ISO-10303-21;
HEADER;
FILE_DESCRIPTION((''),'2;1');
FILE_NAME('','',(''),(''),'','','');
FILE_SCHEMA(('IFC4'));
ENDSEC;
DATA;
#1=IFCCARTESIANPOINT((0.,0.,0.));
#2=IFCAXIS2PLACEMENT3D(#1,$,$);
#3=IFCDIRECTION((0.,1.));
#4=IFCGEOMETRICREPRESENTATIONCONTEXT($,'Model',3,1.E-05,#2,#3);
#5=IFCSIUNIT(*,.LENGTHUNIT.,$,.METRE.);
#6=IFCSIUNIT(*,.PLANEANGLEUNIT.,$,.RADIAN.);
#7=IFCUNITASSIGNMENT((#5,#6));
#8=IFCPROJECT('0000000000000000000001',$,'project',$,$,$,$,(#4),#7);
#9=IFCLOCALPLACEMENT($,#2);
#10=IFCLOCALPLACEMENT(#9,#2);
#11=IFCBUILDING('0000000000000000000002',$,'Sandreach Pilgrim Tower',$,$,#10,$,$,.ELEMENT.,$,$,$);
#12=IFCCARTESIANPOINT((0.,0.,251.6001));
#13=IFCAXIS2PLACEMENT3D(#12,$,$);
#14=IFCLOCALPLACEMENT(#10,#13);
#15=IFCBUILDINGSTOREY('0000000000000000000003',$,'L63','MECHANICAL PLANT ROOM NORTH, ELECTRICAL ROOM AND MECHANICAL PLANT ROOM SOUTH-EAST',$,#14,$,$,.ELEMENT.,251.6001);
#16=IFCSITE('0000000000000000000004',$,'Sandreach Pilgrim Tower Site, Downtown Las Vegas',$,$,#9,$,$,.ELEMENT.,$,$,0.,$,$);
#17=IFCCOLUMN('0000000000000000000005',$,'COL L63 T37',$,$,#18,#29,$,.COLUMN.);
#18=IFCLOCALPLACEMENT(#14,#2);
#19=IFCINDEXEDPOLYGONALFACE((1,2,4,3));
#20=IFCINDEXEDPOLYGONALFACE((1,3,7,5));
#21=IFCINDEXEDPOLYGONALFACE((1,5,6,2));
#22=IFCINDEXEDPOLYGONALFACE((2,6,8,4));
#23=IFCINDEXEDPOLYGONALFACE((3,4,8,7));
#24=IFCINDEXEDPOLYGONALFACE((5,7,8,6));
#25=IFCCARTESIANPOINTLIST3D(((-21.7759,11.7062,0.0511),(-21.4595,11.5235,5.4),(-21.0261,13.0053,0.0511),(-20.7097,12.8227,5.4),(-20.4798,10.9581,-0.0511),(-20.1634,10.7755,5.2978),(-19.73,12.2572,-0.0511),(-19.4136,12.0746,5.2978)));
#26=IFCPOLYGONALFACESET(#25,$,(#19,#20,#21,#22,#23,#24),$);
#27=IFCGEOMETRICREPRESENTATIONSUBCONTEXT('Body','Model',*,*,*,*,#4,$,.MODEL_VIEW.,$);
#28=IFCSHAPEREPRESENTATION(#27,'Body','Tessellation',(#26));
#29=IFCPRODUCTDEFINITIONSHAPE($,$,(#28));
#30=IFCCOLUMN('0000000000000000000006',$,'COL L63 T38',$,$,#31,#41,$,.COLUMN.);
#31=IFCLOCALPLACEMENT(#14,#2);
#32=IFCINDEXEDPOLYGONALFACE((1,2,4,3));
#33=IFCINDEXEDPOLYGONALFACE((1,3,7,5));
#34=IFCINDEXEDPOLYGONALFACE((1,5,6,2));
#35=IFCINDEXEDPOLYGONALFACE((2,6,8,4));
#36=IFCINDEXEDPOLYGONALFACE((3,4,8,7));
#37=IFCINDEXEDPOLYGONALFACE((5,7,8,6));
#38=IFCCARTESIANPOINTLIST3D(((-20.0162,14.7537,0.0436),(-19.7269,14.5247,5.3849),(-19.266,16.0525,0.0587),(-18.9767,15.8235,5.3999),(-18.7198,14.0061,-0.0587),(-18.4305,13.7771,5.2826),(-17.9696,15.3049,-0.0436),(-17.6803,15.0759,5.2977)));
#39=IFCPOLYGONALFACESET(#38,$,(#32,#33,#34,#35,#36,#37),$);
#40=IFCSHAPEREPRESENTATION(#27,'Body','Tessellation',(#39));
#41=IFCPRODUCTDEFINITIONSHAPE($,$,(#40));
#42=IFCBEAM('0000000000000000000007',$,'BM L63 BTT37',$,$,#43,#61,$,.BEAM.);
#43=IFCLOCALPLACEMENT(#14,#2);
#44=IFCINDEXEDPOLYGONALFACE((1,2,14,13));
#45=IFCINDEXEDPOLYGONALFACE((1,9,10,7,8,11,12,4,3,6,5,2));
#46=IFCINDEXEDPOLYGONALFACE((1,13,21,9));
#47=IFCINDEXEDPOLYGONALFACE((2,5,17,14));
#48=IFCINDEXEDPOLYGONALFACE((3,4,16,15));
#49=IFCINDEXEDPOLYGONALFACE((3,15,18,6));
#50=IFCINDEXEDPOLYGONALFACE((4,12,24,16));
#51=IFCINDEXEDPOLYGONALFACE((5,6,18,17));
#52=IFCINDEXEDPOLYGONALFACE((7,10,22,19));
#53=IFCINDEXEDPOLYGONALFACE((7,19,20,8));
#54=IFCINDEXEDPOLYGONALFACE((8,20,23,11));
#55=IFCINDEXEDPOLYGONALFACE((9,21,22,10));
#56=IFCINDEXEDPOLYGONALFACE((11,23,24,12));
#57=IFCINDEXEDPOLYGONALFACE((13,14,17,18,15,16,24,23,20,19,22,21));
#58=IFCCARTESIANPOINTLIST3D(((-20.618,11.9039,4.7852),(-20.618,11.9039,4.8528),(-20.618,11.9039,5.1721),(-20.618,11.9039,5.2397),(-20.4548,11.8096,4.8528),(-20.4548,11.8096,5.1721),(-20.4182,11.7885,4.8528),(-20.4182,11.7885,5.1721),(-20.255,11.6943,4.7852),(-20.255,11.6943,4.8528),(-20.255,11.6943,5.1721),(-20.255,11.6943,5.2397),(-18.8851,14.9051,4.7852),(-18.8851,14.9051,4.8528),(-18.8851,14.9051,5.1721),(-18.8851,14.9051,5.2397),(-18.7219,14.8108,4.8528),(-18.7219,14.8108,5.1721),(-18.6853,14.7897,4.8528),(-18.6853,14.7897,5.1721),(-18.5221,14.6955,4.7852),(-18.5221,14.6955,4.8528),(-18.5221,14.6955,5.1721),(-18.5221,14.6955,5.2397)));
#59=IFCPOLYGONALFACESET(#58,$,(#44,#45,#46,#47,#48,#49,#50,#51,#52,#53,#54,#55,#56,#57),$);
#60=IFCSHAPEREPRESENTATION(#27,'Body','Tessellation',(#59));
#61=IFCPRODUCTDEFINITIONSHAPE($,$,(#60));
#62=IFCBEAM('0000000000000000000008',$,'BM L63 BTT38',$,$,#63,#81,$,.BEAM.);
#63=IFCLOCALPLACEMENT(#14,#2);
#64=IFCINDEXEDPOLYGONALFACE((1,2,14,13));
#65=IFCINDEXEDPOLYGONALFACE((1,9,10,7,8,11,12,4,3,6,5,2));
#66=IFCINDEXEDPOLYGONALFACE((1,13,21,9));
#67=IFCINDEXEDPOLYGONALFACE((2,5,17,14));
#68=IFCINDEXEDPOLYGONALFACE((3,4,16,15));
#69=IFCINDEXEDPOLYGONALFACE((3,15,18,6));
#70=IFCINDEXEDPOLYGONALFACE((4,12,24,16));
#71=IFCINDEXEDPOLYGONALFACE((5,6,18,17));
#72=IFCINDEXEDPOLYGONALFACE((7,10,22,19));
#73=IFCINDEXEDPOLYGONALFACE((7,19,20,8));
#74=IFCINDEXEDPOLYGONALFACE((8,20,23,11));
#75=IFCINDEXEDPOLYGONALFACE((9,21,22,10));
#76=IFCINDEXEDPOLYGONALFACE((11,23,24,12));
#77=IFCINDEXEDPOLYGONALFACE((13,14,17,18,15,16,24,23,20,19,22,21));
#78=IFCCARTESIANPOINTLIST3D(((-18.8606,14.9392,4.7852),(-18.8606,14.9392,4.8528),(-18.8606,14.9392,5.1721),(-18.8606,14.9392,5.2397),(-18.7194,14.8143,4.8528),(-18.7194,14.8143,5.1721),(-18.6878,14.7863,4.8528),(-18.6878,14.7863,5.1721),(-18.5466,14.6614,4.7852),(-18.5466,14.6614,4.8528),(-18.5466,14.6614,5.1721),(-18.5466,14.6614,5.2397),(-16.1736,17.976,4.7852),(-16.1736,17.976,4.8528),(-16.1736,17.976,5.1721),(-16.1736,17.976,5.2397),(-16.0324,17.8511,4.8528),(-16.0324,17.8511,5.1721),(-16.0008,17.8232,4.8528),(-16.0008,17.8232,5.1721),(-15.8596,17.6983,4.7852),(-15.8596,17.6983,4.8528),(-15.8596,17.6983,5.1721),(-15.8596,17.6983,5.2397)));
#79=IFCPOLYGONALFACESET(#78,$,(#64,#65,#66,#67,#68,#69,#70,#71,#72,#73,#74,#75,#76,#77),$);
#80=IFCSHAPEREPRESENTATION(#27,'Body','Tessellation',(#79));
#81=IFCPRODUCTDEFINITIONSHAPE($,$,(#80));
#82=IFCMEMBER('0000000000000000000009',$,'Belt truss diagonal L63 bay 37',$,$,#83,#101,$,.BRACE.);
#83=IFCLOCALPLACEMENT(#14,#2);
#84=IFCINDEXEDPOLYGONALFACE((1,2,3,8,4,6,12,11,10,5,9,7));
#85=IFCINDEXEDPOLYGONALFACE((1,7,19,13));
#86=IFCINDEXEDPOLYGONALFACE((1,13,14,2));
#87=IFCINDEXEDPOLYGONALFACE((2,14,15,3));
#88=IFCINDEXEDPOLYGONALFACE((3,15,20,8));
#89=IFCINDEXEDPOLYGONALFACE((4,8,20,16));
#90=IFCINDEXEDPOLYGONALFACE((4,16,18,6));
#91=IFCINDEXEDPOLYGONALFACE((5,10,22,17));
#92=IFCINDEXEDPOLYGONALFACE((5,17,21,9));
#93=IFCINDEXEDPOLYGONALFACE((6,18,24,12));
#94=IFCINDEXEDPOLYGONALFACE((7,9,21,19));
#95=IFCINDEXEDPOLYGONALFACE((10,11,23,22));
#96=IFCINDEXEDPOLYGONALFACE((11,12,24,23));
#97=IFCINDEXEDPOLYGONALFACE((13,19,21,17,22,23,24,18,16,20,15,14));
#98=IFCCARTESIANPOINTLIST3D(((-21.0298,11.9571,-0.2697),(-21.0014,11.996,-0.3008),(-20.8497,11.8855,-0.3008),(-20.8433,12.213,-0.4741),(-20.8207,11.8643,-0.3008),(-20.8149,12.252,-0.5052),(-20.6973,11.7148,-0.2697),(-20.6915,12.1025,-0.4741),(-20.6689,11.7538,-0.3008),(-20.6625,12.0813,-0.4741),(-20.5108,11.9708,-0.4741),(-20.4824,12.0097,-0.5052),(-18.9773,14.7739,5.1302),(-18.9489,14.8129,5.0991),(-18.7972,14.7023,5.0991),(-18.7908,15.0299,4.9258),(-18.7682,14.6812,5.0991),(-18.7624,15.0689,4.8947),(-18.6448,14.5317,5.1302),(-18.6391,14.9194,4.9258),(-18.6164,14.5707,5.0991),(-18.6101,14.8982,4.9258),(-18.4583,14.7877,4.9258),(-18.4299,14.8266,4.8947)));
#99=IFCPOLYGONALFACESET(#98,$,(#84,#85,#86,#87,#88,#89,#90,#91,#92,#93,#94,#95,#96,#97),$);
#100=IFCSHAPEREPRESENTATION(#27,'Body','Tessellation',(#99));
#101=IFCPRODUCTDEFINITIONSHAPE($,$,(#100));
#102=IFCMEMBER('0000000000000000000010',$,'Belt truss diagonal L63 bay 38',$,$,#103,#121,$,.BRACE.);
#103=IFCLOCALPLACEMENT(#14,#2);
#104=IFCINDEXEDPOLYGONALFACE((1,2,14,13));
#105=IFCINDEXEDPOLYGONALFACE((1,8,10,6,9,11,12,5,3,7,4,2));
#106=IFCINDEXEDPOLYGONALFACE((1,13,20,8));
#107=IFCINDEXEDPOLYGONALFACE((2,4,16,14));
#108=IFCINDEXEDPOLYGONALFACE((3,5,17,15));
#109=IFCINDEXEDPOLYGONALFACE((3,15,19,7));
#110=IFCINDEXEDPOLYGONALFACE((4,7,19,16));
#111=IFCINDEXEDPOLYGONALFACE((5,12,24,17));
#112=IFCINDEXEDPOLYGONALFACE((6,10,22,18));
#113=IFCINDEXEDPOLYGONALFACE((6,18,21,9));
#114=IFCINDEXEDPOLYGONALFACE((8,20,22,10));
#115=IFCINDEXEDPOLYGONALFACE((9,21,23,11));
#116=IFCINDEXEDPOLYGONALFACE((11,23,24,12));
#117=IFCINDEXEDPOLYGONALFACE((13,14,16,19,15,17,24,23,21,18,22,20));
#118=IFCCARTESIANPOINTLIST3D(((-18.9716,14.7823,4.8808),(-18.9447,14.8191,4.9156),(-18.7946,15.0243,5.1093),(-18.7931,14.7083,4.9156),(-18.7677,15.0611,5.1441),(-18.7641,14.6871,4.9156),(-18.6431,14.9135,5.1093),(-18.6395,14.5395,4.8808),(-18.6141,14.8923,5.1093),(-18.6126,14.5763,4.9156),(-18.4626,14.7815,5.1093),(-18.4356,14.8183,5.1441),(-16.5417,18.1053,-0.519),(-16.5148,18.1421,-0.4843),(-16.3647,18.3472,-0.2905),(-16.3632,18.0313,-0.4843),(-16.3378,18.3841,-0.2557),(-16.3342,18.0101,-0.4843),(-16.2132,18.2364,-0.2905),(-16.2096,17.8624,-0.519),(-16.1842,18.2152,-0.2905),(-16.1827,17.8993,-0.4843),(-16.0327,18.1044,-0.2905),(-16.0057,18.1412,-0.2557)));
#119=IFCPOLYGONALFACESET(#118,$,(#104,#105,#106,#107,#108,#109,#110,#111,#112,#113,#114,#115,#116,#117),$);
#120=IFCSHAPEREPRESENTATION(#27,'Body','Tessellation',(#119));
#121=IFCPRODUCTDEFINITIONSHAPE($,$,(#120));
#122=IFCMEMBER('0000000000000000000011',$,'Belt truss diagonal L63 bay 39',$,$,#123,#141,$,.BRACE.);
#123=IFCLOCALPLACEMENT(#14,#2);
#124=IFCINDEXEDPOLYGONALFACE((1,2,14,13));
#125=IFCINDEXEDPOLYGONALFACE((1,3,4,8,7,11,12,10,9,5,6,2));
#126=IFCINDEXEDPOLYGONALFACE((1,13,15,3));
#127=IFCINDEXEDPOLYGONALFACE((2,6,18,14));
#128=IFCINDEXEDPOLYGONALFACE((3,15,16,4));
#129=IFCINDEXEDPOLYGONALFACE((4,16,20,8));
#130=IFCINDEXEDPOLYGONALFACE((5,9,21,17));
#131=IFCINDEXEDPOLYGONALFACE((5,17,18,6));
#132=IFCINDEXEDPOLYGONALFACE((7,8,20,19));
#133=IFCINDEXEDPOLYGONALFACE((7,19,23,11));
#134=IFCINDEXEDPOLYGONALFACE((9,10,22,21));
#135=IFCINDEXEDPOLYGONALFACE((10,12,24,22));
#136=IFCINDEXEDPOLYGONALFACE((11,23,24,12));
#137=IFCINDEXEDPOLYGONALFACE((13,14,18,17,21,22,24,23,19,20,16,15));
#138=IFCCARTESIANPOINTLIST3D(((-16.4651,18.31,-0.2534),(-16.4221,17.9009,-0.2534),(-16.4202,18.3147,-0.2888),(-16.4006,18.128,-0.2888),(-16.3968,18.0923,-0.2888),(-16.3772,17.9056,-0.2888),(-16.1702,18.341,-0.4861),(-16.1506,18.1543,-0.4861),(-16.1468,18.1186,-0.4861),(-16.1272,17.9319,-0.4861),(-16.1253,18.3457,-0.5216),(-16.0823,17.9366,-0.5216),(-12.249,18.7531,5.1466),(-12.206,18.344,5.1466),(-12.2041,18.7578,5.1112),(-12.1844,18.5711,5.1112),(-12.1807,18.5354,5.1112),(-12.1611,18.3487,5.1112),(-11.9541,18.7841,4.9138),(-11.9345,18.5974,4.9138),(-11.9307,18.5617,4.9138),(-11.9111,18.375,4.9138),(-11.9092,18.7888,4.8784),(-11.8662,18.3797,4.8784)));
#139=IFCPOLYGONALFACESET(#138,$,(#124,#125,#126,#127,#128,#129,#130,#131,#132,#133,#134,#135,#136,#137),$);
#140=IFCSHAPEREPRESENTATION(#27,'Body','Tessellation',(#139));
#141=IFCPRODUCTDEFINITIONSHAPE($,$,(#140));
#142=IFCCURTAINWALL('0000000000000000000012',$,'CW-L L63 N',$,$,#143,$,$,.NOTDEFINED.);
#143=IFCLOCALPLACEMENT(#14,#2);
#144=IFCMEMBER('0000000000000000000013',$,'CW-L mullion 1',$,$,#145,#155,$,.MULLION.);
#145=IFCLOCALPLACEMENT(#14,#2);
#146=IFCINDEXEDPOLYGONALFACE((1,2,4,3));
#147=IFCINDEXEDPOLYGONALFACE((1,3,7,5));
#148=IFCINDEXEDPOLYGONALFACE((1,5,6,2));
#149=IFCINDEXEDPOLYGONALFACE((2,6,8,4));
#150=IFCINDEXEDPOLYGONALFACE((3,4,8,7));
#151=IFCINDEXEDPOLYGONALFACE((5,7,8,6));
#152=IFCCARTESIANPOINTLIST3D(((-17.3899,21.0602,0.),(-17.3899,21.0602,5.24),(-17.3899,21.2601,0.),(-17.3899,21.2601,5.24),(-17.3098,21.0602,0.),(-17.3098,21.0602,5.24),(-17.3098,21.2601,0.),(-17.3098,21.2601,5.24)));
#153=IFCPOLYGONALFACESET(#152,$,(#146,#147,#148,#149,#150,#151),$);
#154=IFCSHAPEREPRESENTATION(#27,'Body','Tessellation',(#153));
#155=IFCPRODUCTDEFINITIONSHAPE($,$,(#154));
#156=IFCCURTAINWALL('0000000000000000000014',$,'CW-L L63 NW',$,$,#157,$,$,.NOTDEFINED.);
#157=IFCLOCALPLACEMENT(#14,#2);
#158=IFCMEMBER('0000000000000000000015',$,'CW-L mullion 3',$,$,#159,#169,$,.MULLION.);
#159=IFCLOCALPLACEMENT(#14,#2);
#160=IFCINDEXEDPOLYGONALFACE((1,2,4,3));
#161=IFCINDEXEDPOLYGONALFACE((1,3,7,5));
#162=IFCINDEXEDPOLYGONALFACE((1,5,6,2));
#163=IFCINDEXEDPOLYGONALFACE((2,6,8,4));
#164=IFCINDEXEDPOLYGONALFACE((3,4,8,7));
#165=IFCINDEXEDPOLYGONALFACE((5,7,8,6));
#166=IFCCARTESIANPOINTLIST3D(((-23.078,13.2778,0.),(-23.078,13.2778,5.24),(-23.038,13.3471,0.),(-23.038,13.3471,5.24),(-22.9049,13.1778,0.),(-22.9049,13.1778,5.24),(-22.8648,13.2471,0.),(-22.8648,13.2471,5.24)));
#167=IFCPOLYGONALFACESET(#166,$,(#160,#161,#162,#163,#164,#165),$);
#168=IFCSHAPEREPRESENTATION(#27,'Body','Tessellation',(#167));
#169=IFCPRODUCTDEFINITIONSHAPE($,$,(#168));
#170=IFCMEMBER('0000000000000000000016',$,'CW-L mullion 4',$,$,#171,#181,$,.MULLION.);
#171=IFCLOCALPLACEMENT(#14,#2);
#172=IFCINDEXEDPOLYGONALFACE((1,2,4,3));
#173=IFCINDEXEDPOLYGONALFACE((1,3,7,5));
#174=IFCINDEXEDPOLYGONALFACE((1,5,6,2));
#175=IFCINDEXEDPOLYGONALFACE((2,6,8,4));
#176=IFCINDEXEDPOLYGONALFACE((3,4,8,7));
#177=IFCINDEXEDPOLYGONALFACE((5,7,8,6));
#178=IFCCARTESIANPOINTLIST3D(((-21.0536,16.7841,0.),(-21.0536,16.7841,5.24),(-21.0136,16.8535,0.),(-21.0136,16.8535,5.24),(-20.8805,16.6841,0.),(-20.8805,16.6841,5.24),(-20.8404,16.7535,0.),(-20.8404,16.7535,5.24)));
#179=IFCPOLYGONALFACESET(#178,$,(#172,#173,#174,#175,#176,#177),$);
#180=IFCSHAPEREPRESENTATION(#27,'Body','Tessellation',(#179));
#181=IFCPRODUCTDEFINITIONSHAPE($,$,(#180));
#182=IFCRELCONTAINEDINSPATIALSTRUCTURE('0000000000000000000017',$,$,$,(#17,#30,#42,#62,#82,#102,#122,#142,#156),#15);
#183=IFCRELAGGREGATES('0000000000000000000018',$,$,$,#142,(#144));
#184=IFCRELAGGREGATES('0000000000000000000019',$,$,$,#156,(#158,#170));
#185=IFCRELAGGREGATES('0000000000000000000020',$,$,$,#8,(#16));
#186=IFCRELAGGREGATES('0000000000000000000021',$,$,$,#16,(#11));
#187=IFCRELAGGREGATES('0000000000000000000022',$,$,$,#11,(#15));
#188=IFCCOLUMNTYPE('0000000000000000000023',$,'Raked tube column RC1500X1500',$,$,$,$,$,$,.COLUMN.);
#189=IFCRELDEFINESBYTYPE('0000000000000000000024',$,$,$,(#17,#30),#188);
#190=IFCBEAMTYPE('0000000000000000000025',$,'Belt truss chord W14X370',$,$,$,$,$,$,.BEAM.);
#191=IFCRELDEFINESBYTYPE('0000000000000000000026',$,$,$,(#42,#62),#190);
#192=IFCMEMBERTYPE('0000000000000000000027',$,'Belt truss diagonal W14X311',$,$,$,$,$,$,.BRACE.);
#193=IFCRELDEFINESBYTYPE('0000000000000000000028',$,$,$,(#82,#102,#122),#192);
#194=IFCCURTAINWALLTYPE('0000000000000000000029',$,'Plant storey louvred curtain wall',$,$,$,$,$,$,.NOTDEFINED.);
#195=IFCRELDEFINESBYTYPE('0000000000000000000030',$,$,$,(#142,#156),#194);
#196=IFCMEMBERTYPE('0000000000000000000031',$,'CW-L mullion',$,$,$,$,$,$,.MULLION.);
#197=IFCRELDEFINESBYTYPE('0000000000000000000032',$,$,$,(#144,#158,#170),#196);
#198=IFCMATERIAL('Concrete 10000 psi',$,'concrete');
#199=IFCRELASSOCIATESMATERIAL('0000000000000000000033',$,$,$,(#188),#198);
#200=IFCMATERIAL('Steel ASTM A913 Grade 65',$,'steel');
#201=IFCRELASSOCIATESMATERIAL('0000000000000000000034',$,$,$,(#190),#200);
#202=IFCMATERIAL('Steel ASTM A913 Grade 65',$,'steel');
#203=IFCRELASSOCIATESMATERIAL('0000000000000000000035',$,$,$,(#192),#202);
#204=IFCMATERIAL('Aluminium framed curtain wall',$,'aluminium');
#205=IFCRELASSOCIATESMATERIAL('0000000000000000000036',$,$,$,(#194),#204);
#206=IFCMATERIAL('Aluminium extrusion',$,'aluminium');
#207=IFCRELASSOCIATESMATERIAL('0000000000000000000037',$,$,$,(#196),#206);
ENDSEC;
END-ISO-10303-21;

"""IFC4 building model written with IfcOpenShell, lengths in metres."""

from ifc_helpers import new_model, si_unit, direction, frame, origin, origin_2d, place, context, subcontext, project, spatial, rectangle, i_section, extrude, material, material_profile, profile_set, type_object, element, aggregate, save


model = new_model("IFC4")

# Units and contexts
model_context = context("Model", 3, precision=1e-05, world=origin(), true_north=direction((0.0, 1.0)))
body_context = subcontext(model_context, "Body", "Model", "MODEL_VIEW")
ifc_project = project(units=[si_unit("LENGTHUNIT", "METRE"), si_unit("PLANEANGLEUNIT", "RADIAN")], contexts=[model_context])

# Site, building, storey
site_placement = place(None, origin())
site = spatial("IfcSite", under=ifc_project, at=site_placement, Name="Sandreach Pilgrim Tower Site, Downtown Las Vegas", CompositionType="ELEMENT", RefElevation=0.0)
building_placement = place(site_placement, origin())
building = spatial("IfcBuilding", under=site, at=building_placement, Name="Sandreach Pilgrim Tower", CompositionType="ELEMENT")
storey_placement = place(building_placement, frame((0.0, 0.0, 251.6001)))
storey = spatial("IfcBuildingStorey", under=building, at=storey_placement, Name="L63", Description="MECHANICAL PLANT ROOM NORTH, ELECTRICAL ROOM AND MECHANICAL PLANT ROOM SOUTH-EAST", CompositionType="ELEMENT", Elevation=251.6001)

# Columns
ifc_material_1 = material(Name="Concrete 10000 psi", Category="concrete")
ifc_material_profile_1 = material_profile(ifc_material_1, rectangle(XDim=1.5, YDim=1.5, at=origin_2d()), Name="RC1500X1500")
ifc_profile_set_1 = profile_set([ifc_material_profile_1], Name="Concrete 10000 psi")
column_type = type_object("IfcColumnType", Name="Raked tube column RC1500X1500", PredefinedType="COLUMN", material=ifc_profile_set_1)
column_1_placement = place(storey_placement, frame((-20.7529, 11.9817, 0.0), z_axis=(0.059016, -0.034062, 0.997676), x_axis=(-0.864084, 0.498715, 0.068141)))
element("IfcColumn", 1, at=column_1_placement, inside=storey, type_object=column_type, Name="COL L63 T37", PredefinedType="COLUMN", context=body_context, shape_type="SweptSolid", body=[
    extrude(rectangle(XDim=1.5, YDim=1.5, at=origin_2d()), origin(), (0.0, 0.0, 1.0), 5.3613),
])
column_2_placement = place(storey_placement, frame((-18.9929, 15.0293, 0.0), z_axis=(0.054035, -0.042772, 0.997623), x_axis=(-0.864273, 0.498381, 0.06818)))
element("IfcColumn", 2, at=column_2_placement, inside=storey, type_object=column_type, Name="COL L63 T38", PredefinedType="COLUMN", context=body_context, shape_type="SweptSolid", body=[
    extrude(rectangle(XDim=1.5, YDim=1.5, at=origin_2d()), origin(), (0.0, 0.0, 1.0), 5.354),
])

# Beams
ifc_material_2 = material(Name="Steel ASTM A913 Grade 65", Category="steel")
ifc_material_profile_2 = material_profile(ifc_material_2, i_section(OverallWidth=0.4192, OverallDepth=0.4546, WebThickness=0.0422, FlangeThickness=0.0676, at=origin_2d()), Name="W14X370")
ifc_profile_set_2 = profile_set([ifc_material_profile_2], Name="Steel ASTM A913 Grade 65")
beam_type_1 = type_object("IfcBeamType", Name="Belt truss chord W14X370", PredefinedType="BEAM", material=ifc_profile_set_2)
beam_1_placement = place(storey_placement, frame((-20.4365, 11.7991, 5.0125), z_axis=(0.500033, 0.866006, 0.0), x_axis=(-0.866006, 0.500033, 0.0)))
element("IfcBeam", 3, at=beam_1_placement, inside=storey, type_object=beam_type_1, Name="BM L63 BTT37", PredefinedType="BEAM", context=body_context, shape_type="SweptSolid", body=[
    extrude(i_section(OverallWidth=0.4192, OverallDepth=0.4546, WebThickness=0.0422, FlangeThickness=0.0676, at=origin_2d()), origin(), (0.0, 0.0, 1.0), 3.4656),
])
beam_2_placement = place(storey_placement, frame((-18.7036, 14.8003, 5.0125), z_axis=(0.662651, 0.748929, 0.0), x_axis=(-0.748929, 0.662651, 0.0)))
element("IfcBeam", 4, at=beam_2_placement, inside=storey, type_object=beam_type_1, Name="BM L63 BTT38", PredefinedType="BEAM", context=body_context, shape_type="SweptSolid", body=[
    extrude(i_section(OverallWidth=0.4192, OverallDepth=0.4546, WebThickness=0.0422, FlangeThickness=0.0676, at=origin_2d()), origin(), (0.0, 0.0, 1.0), 4.0549),
])

# Members
ifc_material_3 = material(Name="Steel ASTM A913 Grade 65", Category="steel")
ifc_material_profile_3 = material_profile(ifc_material_3, i_section(OverallWidth=0.4114, OverallDepth=0.4343, WebThickness=0.0359, FlangeThickness=0.0574, at=origin_2d()), Name="W14X311")
ifc_profile_set_3 = profile_set([ifc_material_profile_3], Name="Steel ASTM A913 Grade 65")
member_type_1 = type_object("IfcMemberType", Name="Belt truss diagonal W14X311", PredefinedType="BRACE", material=ifc_profile_set_3)
member_1_placement = place(storey_placement, frame((-20.7561, 11.9834, -0.3875), z_axis=(0.319353, 0.43829, 0.840188), x_axis=(-0.808212, 0.588892, 0.0)))
element("IfcMember", 5, at=member_1_placement, inside=storey, type_object=member_type_1, Name="Belt truss diagonal L63 bay 37", PredefinedType="BRACE", context=body_context, shape_type="SweptSolid", body=[
    extrude(i_section(OverallWidth=0.4114, OverallDepth=0.4343, WebThickness=0.0359, FlangeThickness=0.0574, at=origin_2d()), origin(), (0.0, 0.0, 1.0), 6.427),
])
member_2_placement = place(storey_placement, frame((-18.7036, 14.8003, 5.0125), z_axis=(0.357862, 0.489387, -0.795258), x_axis=(-0.807207, 0.590268, 0.0)))
element("IfcMember", 6, at=member_2_placement, inside=storey, type_object=member_type_1, Name="Belt truss diagonal L63 bay 38", PredefinedType="BRACE", context=body_context, shape_type="SweptSolid", body=[
    extrude(i_section(OverallWidth=0.4114, OverallDepth=0.4343, WebThickness=0.0359, FlangeThickness=0.0574, at=origin_2d()), origin(), (0.0, 0.0, 1.0), 6.79),
])
member_3_placement = place(storey_placement, frame((-16.2737, 18.1233, -0.3875), z_axis=(0.614124, 0.064545, 0.786566), x_axis=(-0.104526, 0.994522, 0.0)))
element("IfcMember", 7, at=member_3_placement, inside=storey, type_object=member_type_1, Name="Belt truss diagonal L63 bay 39", PredefinedType="BRACE", context=body_context, shape_type="SweptSolid", body=[
    extrude(i_section(OverallWidth=0.4114, OverallDepth=0.4343, WebThickness=0.0359, FlangeThickness=0.0574, at=origin_2d()), origin(), (0.0, 0.0, 1.0), 6.8652),
])

# Curtain wall, member
ifc_material_4 = material(Name="Aluminium framed curtain wall", Category="aluminium")
curtain_wall_type = type_object("IfcCurtainWallType", Name="Plant storey louvred curtain wall", PredefinedType="NOTDEFINED", material=ifc_material_4)
curtain_wall_1_placement = place(storey_placement, origin())
curtain_wall_1 = element("IfcCurtainWall", 8, at=curtain_wall_1_placement, inside=storey, type_object=curtain_wall_type, Name="CW-L L63 N", PredefinedType="NOTDEFINED")
ifc_material_5 = material(Name="Aluminium extrusion", Category="aluminium")
ifc_material_profile_4 = material_profile(ifc_material_5, rectangle(XDim=0.0801, YDim=0.2, at=origin_2d()), Name="CW-LM 80X200")
ifc_profile_set_4 = profile_set([ifc_material_profile_4], Name="Aluminium extrusion")
member_type_2 = type_object("IfcMemberType", Name="CW-L mullion", PredefinedType="MULLION", material=ifc_profile_set_4)
member_4_placement = place(storey_placement, frame((-17.3499, 21.1602, 0.0), z_axis=(0.0, 0.0, 1.0), x_axis=(1.0, 0.0, 0.0)))
member_4 = element("IfcMember", 9, at=member_4_placement, type_object=member_type_2, Name="CW-L mullion 1", PredefinedType="MULLION", context=body_context, shape_type="SweptSolid", body=[
    extrude(rectangle(XDim=0.0801, YDim=0.2, at=origin_2d()), origin(), (0.0, 0.0, 1.0), 5.24),
])

# Curtain wall, members
curtain_wall_2_placement = place(storey_placement, origin())
curtain_wall_2 = element("IfcCurtainWall", 10, at=curtain_wall_2_placement, inside=storey, type_object=curtain_wall_type, Name="CW-L L63 NW", PredefinedType="NOTDEFINED")
member_5_placement = place(storey_placement, frame((-22.9714, 13.2625, 0.0), z_axis=(0.0, 0.0, 1.0), x_axis=(0.5, 0.866025, 0.0)))
member_5 = element("IfcMember", 11, at=member_5_placement, type_object=member_type_2, Name="CW-L mullion 3", PredefinedType="MULLION", context=body_context, shape_type="SweptSolid", body=[
    extrude(rectangle(XDim=0.0801, YDim=0.2, at=origin_2d()), origin(), (0.0, 0.0, 1.0), 5.24),
])
member_6_placement = place(storey_placement, frame((-20.947, 16.7688, 0.0), z_axis=(0.0, 0.0, 1.0), x_axis=(0.5, 0.866025, 0.0)))
member_6 = element("IfcMember", 12, at=member_6_placement, type_object=member_type_2, Name="CW-L mullion 4", PredefinedType="MULLION", context=body_context, shape_type="SweptSolid", body=[
    extrude(rectangle(XDim=0.0801, YDim=0.2, at=origin_2d()), origin(), (0.0, 0.0, 1.0), 5.24),
])

aggregate(curtain_wall_1, [member_4])

aggregate(curtain_wall_2, [member_5, member_6])

save(model, "model.ifc")
